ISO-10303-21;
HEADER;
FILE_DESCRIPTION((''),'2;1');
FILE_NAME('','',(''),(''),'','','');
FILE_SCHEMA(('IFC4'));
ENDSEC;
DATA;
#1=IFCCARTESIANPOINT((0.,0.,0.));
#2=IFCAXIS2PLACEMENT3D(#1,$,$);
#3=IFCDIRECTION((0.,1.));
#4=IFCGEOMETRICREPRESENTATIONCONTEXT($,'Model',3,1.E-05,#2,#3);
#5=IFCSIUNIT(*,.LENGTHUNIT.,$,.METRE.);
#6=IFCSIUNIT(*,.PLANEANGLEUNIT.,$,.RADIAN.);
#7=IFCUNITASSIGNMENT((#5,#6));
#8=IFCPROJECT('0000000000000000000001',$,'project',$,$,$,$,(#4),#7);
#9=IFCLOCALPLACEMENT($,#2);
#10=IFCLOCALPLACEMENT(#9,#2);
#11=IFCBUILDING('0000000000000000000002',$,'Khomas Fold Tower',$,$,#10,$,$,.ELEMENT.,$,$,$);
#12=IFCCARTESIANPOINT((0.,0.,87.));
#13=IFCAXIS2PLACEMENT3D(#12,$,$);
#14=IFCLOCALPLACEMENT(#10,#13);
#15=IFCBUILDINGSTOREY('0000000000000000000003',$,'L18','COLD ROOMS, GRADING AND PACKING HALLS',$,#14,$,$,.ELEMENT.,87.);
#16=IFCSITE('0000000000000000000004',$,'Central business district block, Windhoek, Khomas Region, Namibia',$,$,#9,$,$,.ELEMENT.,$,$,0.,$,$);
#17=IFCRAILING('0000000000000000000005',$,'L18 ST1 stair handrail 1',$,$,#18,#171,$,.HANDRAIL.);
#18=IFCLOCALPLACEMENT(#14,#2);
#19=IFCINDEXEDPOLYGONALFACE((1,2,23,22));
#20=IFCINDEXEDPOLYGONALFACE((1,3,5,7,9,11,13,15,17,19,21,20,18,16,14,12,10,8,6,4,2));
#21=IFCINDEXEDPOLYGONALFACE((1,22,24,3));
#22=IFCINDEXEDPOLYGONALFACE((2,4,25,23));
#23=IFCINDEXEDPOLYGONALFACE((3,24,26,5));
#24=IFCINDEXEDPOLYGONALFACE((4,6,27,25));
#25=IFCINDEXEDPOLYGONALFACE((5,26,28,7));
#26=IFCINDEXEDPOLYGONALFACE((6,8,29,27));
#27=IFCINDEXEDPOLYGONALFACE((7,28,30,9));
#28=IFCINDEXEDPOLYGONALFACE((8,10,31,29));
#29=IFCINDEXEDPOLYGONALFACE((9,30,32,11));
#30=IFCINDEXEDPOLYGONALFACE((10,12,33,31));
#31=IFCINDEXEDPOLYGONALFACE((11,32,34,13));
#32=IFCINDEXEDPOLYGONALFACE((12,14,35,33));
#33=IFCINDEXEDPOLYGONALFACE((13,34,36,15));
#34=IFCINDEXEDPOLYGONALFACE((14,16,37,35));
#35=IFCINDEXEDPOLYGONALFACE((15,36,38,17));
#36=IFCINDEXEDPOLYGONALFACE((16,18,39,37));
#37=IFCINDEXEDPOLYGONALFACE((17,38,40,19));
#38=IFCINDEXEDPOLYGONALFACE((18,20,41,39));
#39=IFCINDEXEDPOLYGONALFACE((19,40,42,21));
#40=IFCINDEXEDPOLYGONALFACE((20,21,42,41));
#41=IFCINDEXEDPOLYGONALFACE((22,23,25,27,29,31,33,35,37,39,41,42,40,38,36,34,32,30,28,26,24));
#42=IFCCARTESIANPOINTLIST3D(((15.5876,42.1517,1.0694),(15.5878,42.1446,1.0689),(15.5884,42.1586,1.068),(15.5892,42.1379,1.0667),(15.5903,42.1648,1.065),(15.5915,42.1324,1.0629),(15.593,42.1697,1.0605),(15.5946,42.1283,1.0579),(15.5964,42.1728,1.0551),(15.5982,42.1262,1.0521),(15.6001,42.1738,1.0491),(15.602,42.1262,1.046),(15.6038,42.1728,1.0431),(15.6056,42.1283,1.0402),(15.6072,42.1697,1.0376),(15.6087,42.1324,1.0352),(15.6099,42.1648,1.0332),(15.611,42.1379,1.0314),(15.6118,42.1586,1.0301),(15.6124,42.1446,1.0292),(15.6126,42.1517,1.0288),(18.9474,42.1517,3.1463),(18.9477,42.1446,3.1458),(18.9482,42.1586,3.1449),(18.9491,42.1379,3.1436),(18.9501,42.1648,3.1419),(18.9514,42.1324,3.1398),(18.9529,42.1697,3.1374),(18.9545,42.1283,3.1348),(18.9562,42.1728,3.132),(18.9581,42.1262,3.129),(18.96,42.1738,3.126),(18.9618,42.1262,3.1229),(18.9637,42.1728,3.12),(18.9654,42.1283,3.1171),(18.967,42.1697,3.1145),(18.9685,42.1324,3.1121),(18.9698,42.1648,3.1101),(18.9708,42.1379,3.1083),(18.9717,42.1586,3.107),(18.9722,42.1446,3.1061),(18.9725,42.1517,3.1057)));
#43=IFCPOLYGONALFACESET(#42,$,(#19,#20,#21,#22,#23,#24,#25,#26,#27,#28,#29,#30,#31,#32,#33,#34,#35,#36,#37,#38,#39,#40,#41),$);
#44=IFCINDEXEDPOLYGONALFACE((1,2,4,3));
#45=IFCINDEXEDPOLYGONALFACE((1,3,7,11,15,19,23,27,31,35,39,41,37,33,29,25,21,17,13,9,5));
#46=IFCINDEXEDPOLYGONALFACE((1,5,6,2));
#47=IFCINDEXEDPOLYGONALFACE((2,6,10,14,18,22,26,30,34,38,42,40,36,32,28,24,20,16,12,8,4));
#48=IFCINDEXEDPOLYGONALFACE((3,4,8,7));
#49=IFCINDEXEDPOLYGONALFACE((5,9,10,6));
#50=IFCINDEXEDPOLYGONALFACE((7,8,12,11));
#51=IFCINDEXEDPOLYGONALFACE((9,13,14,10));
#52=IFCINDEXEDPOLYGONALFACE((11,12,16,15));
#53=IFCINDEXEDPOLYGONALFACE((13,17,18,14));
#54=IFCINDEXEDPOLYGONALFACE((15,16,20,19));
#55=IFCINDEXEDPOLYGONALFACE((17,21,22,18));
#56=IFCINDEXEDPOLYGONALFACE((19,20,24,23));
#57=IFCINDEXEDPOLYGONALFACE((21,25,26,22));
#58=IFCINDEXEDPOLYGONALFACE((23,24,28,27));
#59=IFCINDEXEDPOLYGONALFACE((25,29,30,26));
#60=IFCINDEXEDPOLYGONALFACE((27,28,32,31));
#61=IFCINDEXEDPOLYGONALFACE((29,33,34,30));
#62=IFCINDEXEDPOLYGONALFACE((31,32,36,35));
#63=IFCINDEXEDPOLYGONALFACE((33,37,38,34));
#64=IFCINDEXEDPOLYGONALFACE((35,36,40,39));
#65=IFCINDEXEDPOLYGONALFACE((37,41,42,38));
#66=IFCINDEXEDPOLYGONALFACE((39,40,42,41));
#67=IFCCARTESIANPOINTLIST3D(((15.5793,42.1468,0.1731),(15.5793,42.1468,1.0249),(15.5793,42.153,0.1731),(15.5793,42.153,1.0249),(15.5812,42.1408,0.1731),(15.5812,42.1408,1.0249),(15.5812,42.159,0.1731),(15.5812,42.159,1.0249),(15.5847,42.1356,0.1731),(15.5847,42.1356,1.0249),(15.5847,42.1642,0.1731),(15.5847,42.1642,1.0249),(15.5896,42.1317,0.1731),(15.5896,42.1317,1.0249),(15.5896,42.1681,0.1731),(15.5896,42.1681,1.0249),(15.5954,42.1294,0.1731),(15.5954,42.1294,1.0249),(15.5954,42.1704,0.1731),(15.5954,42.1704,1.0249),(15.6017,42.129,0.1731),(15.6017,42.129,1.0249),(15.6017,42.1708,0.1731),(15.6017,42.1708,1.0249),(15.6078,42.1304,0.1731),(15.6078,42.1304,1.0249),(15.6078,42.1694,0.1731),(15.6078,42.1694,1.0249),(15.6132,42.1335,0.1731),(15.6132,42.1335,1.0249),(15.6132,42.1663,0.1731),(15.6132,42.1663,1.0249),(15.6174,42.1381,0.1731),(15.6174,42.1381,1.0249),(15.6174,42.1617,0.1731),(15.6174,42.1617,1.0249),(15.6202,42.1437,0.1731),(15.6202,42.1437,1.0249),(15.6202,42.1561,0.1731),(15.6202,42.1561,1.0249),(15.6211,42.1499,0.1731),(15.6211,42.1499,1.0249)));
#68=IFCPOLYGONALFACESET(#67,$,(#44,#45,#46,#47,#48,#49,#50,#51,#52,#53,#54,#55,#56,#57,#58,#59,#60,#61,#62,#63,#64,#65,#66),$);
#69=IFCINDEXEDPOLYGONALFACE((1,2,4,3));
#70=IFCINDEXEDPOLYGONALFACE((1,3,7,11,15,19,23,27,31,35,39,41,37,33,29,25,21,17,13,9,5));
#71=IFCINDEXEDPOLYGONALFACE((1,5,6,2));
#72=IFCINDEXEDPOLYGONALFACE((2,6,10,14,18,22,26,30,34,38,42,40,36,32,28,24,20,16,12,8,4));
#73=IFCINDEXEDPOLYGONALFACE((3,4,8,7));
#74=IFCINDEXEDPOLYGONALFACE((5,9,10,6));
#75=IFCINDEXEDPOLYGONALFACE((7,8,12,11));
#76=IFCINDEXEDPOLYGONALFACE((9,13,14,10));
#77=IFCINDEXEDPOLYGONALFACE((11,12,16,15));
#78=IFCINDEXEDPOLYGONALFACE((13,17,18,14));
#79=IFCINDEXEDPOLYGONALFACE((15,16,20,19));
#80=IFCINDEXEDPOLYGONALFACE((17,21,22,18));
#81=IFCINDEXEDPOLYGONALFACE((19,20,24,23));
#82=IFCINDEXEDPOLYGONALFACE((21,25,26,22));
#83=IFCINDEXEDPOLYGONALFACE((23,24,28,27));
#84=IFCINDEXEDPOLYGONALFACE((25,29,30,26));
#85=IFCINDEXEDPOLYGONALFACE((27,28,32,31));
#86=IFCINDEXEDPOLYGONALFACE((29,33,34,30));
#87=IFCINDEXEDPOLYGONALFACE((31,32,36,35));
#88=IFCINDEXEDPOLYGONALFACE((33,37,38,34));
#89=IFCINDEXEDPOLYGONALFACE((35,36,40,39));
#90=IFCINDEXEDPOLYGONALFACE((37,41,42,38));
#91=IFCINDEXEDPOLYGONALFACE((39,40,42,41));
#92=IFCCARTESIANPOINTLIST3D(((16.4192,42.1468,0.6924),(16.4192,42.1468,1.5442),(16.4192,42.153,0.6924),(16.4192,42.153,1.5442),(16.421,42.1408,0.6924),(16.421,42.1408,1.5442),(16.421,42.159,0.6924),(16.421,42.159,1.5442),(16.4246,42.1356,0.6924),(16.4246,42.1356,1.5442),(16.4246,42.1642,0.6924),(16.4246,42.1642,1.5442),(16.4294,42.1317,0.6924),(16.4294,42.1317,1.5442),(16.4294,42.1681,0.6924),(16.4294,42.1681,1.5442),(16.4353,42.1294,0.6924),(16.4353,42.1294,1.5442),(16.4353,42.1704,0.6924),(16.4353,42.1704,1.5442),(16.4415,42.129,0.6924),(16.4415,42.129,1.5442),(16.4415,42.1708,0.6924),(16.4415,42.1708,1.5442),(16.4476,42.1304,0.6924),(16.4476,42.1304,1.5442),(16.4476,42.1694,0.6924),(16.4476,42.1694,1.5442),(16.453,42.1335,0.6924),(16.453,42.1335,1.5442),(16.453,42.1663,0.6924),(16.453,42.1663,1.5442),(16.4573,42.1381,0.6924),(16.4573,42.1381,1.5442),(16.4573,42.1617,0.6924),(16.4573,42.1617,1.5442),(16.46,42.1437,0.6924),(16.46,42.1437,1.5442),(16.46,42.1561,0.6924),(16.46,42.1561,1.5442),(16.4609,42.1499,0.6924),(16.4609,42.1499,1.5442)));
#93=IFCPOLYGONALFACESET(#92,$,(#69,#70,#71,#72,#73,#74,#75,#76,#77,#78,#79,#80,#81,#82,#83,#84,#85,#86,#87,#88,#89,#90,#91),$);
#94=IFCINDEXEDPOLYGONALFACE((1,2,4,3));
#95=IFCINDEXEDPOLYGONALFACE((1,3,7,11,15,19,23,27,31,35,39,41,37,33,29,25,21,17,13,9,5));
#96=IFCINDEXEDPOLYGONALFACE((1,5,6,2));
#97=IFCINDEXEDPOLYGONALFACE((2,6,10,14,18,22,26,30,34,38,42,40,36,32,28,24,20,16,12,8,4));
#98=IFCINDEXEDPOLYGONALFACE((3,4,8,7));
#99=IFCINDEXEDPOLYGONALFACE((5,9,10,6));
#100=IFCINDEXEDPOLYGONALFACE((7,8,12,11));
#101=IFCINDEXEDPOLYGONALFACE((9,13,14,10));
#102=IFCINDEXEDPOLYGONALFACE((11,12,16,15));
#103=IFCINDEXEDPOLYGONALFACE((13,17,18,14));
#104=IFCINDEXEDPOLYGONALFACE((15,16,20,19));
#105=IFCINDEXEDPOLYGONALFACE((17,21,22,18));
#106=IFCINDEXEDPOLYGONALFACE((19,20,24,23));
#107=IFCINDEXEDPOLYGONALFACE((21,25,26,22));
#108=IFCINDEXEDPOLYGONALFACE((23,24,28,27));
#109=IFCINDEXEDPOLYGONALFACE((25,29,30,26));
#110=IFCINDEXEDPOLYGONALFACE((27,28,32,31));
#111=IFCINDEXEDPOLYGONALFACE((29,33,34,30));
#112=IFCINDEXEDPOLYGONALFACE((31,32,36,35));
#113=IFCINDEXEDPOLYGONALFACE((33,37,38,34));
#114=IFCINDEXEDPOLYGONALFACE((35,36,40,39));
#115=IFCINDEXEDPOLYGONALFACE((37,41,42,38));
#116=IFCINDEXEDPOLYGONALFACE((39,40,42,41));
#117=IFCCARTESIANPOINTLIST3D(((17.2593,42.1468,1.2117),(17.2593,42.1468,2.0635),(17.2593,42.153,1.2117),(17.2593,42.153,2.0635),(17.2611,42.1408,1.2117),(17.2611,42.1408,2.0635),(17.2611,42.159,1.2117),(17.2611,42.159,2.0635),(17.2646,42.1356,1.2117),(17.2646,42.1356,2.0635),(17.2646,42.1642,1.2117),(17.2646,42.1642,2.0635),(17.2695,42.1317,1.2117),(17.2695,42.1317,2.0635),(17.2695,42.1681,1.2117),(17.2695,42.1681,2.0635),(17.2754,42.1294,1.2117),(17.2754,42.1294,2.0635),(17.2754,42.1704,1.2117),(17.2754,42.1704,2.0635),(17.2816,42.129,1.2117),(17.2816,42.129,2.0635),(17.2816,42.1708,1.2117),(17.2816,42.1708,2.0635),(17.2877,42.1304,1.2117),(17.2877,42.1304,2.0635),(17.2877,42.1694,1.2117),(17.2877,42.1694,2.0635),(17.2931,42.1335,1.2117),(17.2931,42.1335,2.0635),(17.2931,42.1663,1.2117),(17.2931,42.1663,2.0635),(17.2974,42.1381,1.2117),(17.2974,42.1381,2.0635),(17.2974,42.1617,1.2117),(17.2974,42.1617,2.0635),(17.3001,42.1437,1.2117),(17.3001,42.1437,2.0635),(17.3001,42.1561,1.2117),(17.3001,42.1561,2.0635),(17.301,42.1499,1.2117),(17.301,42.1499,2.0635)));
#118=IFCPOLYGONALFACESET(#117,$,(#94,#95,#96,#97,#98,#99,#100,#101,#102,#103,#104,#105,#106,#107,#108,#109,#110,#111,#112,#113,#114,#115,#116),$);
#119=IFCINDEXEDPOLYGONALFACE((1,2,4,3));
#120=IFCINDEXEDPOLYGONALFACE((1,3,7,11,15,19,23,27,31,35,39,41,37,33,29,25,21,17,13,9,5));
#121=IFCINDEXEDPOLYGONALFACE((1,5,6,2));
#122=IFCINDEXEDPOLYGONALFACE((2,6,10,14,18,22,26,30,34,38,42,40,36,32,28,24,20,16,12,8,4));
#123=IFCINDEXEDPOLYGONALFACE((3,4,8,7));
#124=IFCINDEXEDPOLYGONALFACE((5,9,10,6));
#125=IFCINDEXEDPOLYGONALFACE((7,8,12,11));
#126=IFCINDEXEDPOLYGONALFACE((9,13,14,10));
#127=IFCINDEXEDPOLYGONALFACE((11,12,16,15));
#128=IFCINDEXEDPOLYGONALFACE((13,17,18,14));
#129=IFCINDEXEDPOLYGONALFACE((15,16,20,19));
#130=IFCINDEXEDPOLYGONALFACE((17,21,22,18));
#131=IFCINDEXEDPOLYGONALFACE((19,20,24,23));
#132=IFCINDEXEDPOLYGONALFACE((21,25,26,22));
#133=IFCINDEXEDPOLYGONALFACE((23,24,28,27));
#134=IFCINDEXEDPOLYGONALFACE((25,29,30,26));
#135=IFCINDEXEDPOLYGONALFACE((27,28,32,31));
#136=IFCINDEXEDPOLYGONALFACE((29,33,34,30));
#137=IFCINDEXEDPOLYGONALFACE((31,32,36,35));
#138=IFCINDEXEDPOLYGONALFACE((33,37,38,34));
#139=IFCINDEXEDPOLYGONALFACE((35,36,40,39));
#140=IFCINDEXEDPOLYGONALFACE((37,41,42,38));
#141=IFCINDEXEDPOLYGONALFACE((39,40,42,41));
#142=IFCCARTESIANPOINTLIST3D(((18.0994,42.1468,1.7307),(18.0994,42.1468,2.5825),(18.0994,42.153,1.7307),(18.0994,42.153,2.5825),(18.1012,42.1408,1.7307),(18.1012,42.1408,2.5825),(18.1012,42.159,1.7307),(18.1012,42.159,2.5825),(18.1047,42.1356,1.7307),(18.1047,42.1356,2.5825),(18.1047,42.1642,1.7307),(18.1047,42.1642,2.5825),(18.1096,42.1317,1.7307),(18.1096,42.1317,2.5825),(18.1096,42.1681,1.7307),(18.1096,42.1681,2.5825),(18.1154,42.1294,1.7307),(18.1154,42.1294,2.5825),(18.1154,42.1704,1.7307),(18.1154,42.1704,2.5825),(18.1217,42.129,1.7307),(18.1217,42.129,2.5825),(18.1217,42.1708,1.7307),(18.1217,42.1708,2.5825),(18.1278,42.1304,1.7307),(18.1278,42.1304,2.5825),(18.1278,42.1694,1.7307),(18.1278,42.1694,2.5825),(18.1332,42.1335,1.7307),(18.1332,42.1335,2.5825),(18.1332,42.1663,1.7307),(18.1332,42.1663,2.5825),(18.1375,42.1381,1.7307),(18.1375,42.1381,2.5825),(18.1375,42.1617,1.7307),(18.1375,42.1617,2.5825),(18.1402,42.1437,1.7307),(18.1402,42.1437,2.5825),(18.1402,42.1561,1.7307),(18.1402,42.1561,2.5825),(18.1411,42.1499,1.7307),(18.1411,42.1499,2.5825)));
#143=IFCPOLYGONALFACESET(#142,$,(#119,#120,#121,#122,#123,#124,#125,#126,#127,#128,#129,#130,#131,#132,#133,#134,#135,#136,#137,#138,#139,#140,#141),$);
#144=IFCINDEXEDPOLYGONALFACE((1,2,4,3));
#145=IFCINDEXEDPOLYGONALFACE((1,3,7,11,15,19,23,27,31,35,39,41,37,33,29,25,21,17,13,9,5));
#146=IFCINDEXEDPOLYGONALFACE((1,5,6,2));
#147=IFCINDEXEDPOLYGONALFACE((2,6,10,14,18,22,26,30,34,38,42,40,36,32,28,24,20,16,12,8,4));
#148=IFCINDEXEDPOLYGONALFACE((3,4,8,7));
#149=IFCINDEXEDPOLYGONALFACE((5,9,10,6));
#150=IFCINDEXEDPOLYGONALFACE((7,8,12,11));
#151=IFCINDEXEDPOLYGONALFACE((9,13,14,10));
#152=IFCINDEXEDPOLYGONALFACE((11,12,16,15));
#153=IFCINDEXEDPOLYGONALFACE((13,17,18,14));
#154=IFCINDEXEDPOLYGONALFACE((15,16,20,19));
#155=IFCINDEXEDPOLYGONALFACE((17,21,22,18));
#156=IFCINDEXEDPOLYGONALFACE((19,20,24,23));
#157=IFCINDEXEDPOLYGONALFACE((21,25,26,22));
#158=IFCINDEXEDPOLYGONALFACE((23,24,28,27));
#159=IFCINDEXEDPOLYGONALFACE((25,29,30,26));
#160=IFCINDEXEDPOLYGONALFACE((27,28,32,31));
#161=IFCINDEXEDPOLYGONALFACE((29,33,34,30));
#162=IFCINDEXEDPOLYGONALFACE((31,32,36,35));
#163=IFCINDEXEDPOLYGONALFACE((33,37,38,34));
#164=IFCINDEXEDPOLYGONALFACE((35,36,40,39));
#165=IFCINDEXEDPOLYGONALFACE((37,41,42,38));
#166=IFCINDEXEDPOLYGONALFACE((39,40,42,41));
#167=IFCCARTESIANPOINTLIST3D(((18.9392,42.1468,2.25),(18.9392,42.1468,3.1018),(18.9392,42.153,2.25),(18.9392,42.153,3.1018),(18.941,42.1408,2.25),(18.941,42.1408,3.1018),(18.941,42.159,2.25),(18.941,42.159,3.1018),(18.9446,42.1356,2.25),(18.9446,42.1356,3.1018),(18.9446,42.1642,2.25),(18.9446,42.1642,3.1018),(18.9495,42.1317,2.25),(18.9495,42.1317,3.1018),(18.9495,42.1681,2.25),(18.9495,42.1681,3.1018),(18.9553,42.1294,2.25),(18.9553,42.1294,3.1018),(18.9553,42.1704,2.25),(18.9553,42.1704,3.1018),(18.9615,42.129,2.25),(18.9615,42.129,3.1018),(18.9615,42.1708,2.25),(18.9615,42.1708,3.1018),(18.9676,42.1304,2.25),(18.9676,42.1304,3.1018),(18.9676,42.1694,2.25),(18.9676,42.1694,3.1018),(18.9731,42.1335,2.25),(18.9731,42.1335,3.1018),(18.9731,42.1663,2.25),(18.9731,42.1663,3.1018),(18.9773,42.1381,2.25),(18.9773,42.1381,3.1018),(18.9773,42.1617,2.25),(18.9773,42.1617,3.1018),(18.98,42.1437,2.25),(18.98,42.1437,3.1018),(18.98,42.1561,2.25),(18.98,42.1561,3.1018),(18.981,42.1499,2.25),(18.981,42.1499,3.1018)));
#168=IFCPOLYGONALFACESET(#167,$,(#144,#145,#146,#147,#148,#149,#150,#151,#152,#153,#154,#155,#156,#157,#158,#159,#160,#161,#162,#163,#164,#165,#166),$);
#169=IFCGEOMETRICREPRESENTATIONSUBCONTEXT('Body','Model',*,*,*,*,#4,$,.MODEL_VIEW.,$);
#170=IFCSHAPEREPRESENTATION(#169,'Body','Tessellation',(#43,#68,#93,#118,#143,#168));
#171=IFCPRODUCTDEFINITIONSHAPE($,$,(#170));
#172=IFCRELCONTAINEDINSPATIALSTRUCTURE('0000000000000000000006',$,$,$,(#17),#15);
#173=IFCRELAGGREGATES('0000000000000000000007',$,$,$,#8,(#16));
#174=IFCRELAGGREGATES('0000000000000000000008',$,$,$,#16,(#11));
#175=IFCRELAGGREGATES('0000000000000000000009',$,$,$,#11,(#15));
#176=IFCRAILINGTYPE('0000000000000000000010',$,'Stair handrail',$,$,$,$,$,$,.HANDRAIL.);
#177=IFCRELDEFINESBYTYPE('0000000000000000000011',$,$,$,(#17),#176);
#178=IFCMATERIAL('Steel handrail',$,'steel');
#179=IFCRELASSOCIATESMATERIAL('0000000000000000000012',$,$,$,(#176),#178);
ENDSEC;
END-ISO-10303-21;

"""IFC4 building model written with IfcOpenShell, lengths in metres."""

from ifc_helpers import new_model, si_unit, direction, frame, origin, origin_2d, place, context, subcontext, project, spatial, circle, extrude, source, transform, mapped, material, type_object, element, save


model = new_model("IFC4")

# Units and contexts
model_context = context("Model", 3, precision=1e-05, world=origin(), true_north=direction((0.0, 1.0)))
body_context = subcontext(model_context, "Body", "Model", "MODEL_VIEW")
ifc_project = project(units=[si_unit("LENGTHUNIT", "METRE"), si_unit("PLANEANGLEUNIT", "RADIAN")], contexts=[model_context])

# Site, building, storey
site_placement = place(None, origin())
site = spatial("IfcSite", under=ifc_project, at=site_placement, Name="Central business district block, Windhoek, Khomas Region, Namibia", CompositionType="ELEMENT", RefElevation=0.0)
building_placement = place(site_placement, origin())
building = spatial("IfcBuilding", under=site, at=building_placement, Name="Khomas Fold Tower", CompositionType="ELEMENT")
storey_placement = place(building_placement, frame((0.0, 0.0, 87.0)))
storey = spatial("IfcBuildingStorey", under=building, at=storey_placement, Name="L18", Description="COLD ROOMS, GRADING AND PACKING HALLS", CompositionType="ELEMENT", Elevation=87.0)

# Railing
ifc_material_1 = material(Name="Steel handrail", Category="steel")
railing_type_1 = type_object("IfcRailingType", Name="Stair handrail", PredefinedType="HANDRAIL", material=ifc_material_1)
shared_shape_1 = source(origin(), body_context, "Body", "SweptSolid", [
    extrude(circle(Radius=0.0239, at=origin_2d()), frame((0.0, 0.0, 0.876), z_axis=(0.850606, 0.0, 0.525803), x_axis=(0.0, 1.0, 0.0)), (0.0, 0.0, 1.0), 3.95),
    extrude(circle(Radius=0.021, at=origin_2d()), origin(), (0.0, 0.0, 1.0), 0.8518),
    extrude(circle(Radius=0.021, at=origin_2d()), frame((0.8398, 0.0, 0.5193)), (0.0, 0.0, 1.0), 0.8518),
    extrude(circle(Radius=0.021, at=origin_2d()), frame((1.6799, 0.0, 1.0386)), (0.0, 0.0, 1.0), 0.8518),
    extrude(circle(Radius=0.021, at=origin_2d()), frame((2.52, 0.0, 1.5576)), (0.0, 0.0, 1.0), 0.8518),
    extrude(circle(Radius=0.021, at=origin_2d()), frame((3.3599, 0.0, 2.0769)), (0.0, 0.0, 1.0), 0.8518),
])
railing_1_placement = place(storey_placement, frame((15.6001, 42.1499, 0.1731)))
element("IfcRailing", 1, at=railing_1_placement, inside=storey, type_object=railing_type_1, Name="L18 ST1 stair handrail 1", PredefinedType="HANDRAIL", context=body_context, shape_type="MappedRepresentation", body=[
    mapped(shared_shape_1, transform((0.0, 0.0, 0.0))),
])

save(model, "model.ifc")
